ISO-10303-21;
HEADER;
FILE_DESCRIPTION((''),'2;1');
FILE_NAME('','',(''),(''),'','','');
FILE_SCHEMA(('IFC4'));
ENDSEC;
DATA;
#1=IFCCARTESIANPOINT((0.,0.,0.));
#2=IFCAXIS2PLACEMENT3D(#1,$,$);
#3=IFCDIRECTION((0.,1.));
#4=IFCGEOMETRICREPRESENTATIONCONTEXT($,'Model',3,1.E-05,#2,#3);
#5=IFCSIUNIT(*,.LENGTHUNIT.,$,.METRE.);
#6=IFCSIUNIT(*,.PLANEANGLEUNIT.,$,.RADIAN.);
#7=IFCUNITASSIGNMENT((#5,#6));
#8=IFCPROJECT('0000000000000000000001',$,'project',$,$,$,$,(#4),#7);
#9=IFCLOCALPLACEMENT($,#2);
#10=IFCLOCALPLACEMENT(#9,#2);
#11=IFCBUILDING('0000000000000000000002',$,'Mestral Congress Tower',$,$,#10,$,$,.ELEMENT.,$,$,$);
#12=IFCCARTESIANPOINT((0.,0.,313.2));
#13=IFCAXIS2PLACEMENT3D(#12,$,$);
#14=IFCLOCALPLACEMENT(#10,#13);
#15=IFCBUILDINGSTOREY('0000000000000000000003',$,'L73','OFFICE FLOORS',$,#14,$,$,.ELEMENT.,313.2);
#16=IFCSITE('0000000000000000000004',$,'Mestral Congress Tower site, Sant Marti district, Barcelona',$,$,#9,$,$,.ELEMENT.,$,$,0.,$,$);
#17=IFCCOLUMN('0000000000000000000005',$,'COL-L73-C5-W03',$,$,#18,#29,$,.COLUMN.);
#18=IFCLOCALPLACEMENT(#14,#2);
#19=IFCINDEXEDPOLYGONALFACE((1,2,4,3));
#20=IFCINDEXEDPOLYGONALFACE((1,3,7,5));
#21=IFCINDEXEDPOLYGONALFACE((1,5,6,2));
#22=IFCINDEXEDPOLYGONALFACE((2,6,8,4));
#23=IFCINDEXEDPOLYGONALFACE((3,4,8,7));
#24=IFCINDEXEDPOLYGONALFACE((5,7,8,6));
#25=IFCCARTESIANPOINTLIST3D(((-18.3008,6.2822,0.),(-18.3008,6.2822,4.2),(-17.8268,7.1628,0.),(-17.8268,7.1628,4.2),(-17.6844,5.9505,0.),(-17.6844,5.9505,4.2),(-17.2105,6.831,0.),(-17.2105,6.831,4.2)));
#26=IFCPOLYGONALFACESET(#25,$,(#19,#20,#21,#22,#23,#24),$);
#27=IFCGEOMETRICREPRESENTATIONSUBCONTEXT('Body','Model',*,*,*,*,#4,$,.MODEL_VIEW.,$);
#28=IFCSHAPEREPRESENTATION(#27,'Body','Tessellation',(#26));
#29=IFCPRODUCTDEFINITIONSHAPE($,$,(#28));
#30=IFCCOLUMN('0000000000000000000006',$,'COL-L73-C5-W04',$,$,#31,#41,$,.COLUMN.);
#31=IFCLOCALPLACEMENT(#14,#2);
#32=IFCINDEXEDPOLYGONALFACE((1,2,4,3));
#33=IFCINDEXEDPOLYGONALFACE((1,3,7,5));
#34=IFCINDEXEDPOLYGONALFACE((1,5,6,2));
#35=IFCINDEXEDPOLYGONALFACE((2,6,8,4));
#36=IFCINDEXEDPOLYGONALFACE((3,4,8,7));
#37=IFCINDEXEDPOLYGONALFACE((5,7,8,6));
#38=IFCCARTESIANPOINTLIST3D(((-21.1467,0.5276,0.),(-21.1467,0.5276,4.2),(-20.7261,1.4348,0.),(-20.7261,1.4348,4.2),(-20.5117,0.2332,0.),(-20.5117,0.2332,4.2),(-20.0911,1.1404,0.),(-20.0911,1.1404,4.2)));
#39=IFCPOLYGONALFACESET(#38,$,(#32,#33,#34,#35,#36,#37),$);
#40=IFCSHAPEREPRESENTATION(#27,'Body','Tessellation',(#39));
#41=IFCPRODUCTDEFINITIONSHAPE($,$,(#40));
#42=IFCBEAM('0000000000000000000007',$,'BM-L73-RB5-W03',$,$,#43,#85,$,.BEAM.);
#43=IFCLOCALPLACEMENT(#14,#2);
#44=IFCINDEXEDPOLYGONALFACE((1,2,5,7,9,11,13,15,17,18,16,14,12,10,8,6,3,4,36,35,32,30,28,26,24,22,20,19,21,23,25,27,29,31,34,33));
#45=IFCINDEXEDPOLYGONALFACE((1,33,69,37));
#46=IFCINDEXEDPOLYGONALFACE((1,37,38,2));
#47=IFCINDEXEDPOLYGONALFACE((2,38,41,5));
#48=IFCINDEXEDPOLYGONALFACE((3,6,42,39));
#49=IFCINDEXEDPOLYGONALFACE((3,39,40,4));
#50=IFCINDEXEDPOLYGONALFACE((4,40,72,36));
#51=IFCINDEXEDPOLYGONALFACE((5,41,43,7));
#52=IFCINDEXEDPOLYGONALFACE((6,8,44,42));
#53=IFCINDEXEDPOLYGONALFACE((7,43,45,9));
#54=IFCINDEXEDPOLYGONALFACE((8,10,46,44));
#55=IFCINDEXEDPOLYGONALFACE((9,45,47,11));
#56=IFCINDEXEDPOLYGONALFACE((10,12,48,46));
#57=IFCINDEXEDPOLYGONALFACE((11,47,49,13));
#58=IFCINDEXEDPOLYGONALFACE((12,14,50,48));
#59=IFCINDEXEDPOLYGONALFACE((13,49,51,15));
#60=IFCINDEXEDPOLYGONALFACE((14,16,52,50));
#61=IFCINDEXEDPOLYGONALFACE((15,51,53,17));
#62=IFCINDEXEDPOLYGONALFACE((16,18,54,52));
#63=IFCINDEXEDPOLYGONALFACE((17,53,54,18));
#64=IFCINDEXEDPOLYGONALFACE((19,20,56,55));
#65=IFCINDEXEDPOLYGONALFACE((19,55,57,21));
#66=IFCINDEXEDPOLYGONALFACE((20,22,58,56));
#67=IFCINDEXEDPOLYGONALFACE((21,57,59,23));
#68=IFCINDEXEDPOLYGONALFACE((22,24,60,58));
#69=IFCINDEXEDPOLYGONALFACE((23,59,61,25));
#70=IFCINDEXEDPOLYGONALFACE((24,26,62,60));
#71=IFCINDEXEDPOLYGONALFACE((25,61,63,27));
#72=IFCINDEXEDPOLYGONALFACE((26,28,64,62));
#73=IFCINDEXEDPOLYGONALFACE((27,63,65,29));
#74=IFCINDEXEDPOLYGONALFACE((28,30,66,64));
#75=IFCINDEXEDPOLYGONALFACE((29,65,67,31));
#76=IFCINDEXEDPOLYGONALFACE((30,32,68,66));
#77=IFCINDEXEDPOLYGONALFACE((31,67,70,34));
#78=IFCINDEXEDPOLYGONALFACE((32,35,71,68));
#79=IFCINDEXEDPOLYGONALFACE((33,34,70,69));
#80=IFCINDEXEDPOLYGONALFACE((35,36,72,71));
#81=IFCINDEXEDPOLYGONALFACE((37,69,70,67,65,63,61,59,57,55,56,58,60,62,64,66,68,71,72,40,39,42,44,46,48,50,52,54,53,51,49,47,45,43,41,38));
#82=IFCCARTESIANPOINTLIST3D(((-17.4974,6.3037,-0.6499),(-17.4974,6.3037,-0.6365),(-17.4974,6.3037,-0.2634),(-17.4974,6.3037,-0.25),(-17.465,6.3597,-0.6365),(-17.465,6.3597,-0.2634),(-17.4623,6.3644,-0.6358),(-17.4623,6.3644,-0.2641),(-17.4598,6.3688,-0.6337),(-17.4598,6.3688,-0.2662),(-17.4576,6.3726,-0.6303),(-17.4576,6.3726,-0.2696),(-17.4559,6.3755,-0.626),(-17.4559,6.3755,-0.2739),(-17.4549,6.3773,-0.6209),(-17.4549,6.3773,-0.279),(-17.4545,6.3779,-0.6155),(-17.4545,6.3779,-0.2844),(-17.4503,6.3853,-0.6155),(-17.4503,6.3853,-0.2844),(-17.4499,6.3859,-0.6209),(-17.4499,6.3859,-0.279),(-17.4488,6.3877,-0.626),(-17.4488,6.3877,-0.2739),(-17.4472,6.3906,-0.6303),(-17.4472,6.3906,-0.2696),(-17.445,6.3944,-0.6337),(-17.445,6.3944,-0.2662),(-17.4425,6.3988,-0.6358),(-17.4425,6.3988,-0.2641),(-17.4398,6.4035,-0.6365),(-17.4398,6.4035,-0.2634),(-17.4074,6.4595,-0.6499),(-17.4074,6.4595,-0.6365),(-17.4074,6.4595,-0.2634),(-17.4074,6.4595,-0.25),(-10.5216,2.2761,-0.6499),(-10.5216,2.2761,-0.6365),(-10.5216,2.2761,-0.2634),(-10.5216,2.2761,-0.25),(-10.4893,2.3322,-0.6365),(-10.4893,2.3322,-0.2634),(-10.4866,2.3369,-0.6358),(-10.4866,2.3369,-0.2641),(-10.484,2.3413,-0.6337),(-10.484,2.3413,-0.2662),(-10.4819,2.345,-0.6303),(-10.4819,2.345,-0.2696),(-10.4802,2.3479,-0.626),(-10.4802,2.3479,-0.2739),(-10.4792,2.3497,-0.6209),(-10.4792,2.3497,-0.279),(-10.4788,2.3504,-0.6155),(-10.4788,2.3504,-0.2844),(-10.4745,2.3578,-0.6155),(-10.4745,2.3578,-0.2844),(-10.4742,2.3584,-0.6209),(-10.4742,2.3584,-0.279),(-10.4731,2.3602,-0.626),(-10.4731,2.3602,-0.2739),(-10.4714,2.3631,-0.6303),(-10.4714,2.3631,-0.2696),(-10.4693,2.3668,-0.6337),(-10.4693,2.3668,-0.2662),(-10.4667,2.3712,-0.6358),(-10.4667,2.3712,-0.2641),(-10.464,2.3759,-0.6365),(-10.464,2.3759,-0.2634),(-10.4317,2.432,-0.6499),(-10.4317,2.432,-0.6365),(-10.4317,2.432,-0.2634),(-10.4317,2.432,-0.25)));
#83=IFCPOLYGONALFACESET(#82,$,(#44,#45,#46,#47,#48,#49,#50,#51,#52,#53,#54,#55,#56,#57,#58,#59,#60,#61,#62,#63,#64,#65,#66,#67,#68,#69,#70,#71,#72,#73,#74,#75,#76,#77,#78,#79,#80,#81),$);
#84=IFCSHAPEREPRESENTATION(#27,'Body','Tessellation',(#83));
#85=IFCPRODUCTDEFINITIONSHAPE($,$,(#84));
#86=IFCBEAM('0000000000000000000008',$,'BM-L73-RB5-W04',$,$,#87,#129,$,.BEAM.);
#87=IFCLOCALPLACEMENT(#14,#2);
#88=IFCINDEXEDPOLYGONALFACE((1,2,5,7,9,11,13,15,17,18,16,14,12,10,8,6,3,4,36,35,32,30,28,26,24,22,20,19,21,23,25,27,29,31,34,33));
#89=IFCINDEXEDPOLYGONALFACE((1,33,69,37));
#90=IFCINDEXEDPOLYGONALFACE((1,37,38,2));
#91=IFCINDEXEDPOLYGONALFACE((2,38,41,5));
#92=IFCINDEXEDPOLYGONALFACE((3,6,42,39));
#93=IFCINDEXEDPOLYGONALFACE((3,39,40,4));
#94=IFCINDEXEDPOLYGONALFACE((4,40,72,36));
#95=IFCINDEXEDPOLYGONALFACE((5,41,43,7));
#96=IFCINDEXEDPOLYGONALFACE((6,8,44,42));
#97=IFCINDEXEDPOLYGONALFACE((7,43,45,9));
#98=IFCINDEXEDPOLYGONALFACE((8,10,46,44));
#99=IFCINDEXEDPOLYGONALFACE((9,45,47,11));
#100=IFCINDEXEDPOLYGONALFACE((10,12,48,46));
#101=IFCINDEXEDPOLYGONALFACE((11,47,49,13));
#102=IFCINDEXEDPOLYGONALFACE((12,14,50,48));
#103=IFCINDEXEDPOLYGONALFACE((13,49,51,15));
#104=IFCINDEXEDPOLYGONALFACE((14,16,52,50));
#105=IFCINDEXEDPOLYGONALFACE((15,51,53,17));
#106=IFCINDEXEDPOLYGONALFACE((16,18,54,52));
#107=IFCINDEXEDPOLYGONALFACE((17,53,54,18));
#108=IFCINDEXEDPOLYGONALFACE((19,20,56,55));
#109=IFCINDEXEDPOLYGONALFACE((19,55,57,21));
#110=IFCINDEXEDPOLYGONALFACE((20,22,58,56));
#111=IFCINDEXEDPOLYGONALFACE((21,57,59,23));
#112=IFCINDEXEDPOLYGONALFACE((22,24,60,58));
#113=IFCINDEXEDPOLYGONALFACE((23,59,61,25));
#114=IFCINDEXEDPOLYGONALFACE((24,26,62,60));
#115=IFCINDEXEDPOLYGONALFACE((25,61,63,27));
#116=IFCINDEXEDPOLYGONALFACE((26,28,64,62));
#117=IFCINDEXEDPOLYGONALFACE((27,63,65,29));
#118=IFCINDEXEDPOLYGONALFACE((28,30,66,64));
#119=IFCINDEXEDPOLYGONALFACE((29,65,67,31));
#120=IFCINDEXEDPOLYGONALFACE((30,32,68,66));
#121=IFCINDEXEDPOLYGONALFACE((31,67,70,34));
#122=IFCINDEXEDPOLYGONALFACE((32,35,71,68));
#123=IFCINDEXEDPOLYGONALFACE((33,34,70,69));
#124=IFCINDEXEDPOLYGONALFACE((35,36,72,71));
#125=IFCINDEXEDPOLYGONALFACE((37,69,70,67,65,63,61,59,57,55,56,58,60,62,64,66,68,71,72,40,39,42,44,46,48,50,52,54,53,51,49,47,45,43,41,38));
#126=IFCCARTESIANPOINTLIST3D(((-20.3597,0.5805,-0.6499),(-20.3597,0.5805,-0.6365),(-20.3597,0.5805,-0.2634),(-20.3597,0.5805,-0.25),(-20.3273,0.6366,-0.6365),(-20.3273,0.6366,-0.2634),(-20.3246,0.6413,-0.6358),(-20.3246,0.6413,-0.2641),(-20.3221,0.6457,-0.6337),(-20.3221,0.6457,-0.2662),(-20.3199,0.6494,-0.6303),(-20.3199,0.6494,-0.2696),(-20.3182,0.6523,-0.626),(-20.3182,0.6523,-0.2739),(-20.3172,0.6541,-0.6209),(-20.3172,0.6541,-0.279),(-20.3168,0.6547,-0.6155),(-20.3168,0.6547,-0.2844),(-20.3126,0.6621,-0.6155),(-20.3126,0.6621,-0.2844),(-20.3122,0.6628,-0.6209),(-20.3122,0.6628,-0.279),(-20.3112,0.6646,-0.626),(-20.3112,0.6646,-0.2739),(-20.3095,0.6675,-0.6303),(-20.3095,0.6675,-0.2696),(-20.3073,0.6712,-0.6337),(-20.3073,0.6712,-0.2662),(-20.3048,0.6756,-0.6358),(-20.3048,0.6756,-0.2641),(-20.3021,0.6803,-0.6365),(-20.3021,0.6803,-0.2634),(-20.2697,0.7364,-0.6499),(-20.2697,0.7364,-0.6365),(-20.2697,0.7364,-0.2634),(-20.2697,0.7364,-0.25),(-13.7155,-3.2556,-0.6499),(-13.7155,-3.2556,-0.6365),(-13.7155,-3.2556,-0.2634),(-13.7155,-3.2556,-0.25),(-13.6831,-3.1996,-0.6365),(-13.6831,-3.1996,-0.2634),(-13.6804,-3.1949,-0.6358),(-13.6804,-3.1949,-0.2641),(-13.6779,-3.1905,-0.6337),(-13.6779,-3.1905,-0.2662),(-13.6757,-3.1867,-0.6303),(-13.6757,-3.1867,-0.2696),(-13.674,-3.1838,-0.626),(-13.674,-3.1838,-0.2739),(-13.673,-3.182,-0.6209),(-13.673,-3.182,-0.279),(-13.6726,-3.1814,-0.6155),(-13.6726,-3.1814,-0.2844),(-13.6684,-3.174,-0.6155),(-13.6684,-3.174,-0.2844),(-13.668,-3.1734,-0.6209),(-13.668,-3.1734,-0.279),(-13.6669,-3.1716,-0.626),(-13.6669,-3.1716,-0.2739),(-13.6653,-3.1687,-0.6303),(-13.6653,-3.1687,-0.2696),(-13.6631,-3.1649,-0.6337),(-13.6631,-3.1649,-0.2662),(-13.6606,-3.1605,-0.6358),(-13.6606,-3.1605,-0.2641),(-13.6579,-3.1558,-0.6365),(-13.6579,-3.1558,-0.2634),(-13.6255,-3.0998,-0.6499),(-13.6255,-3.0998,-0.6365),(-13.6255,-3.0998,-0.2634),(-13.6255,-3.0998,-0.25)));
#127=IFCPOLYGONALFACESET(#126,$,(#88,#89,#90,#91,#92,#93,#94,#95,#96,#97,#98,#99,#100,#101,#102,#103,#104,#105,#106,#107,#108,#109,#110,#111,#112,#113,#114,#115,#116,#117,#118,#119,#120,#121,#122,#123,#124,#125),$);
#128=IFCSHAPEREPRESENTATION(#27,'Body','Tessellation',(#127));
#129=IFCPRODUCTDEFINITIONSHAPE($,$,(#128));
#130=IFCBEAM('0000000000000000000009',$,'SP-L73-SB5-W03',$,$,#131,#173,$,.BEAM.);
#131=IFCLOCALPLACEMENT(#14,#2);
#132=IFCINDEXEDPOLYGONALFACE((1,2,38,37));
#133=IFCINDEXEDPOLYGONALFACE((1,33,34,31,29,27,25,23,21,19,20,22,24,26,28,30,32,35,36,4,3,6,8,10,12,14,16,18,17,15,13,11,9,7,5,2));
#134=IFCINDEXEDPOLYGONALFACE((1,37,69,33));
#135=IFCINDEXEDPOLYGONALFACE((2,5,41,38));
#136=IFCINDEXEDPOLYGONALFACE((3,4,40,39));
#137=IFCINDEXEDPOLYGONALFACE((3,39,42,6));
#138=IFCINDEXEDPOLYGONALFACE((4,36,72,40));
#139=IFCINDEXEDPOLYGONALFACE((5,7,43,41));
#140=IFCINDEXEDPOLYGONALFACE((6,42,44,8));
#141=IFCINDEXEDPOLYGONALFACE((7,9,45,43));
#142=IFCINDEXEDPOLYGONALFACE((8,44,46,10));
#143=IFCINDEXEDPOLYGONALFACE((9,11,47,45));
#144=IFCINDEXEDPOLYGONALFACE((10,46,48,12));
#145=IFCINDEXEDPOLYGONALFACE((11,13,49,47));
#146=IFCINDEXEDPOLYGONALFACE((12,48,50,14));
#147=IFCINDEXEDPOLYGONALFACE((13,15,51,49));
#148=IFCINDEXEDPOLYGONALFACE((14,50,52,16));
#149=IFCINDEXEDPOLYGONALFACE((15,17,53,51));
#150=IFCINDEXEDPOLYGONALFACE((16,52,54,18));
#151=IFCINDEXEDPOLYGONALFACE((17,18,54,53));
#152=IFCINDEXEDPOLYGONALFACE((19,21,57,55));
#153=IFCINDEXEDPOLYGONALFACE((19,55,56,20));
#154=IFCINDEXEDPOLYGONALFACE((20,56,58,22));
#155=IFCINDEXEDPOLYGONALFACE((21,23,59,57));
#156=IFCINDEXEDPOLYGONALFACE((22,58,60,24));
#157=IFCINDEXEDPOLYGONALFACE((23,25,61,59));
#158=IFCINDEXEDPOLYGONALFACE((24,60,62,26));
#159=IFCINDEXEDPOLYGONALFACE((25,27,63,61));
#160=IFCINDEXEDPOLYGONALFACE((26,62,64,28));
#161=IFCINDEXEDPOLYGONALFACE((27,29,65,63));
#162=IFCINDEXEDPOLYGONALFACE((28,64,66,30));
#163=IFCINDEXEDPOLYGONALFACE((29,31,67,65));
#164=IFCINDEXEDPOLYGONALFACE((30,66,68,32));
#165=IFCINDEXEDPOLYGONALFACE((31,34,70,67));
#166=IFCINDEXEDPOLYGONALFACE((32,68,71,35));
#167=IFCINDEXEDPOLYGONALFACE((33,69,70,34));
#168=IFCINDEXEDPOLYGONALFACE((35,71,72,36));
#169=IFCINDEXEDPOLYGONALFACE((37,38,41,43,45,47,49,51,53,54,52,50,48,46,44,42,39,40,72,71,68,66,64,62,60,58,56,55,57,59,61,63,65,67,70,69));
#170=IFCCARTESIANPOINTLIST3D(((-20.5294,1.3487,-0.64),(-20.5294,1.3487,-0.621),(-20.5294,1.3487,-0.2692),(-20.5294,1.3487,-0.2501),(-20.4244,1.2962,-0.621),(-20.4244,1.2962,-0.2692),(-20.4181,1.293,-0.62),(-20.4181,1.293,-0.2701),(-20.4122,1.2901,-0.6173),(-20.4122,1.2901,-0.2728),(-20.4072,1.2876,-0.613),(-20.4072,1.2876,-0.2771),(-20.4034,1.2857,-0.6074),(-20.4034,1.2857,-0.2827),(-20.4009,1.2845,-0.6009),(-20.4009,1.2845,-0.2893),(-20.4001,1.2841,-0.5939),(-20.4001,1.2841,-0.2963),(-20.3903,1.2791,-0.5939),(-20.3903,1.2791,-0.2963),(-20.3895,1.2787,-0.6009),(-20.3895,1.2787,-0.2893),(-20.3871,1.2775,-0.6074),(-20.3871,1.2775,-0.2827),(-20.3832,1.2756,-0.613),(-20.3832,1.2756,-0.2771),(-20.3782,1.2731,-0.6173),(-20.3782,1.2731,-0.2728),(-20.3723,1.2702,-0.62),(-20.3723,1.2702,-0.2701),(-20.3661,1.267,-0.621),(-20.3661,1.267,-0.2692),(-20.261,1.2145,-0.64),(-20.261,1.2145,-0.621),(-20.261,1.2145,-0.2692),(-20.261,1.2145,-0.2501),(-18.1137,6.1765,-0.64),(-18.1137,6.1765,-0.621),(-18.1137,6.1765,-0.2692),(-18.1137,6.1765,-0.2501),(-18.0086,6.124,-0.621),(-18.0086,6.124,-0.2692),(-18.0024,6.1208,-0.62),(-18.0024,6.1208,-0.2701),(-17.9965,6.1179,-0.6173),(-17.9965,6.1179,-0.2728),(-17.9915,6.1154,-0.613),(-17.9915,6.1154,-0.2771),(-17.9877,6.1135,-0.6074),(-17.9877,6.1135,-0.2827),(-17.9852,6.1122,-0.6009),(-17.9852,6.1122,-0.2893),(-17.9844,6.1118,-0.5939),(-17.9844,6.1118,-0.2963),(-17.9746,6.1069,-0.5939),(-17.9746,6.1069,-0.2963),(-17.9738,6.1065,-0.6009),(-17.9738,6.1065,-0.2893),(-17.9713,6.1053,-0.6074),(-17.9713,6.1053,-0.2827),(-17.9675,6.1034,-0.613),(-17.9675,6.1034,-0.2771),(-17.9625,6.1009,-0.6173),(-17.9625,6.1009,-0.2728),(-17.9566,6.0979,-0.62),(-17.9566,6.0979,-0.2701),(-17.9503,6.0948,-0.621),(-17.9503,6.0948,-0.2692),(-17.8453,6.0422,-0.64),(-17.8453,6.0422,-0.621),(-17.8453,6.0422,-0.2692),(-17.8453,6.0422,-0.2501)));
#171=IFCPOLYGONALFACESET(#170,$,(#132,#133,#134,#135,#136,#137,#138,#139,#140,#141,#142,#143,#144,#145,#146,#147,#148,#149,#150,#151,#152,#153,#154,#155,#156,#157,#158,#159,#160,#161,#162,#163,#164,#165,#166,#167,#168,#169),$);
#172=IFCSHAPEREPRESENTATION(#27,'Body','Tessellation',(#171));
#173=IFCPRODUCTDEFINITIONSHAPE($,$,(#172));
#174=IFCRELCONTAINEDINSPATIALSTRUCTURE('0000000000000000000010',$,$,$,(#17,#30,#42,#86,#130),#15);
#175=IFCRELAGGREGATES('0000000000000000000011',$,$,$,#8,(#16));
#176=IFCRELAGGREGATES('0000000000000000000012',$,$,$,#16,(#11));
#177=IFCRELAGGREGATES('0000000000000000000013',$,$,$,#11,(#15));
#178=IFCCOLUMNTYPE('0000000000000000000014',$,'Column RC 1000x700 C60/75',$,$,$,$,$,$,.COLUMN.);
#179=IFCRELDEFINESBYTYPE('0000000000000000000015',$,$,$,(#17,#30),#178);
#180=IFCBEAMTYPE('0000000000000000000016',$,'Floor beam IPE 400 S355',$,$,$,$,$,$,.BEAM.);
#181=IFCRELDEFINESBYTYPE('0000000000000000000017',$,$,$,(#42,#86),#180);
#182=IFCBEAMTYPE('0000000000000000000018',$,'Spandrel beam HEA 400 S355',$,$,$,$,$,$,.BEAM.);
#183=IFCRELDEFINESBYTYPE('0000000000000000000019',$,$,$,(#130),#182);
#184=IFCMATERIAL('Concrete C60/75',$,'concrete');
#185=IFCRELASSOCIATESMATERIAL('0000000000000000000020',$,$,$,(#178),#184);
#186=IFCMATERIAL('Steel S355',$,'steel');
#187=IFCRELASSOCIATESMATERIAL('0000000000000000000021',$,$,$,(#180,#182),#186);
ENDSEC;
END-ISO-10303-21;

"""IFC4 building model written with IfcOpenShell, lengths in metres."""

from ifc_helpers import new_model, si_unit, direction, frame, origin, origin_2d, place, context, subcontext, project, spatial, rectangle, i_section, extrude, material, material_profile, profile_set, type_object, element, save


model = new_model("IFC4")

# Units and contexts
model_context = context("Model", 3, precision=1e-05, world=origin(), true_north=direction((0.0, 1.0)))
body_context = subcontext(model_context, "Body", "Model", "MODEL_VIEW")
ifc_project = project(units=[si_unit("LENGTHUNIT", "METRE"), si_unit("PLANEANGLEUNIT", "RADIAN")], contexts=[model_context])

# Site, building, storey
site_placement = place(None, origin())
site = spatial("IfcSite", under=ifc_project, at=site_placement, Name="Mestral Congress Tower site, Sant Marti district, Barcelona", CompositionType="ELEMENT", RefElevation=0.0)
building_placement = place(site_placement, origin())
building = spatial("IfcBuilding", under=site, at=building_placement, Name="Mestral Congress Tower", CompositionType="ELEMENT")
storey_placement = place(building_placement, frame((0.0, 0.0, 313.2)))
storey = spatial("IfcBuildingStorey", under=building, at=storey_placement, Name="L73", Description="OFFICE FLOORS", CompositionType="ELEMENT", Elevation=313.2)

# Columns
ifc_material_1 = material(Name="Concrete C60/75", Category="concrete")
ifc_material_profile_1 = material_profile(ifc_material_1, rectangle(XDim=1.0, YDim=0.7, at=origin_2d()), Name="RC 1000x700")
ifc_profile_set_1 = profile_set([ifc_material_profile_1], Name="Concrete C60/75")
column_type = type_object("IfcColumnType", Name="Column RC 1000x700 C60/75", PredefinedType="COLUMN", material=ifc_profile_set_1)
for number, where, z_axis, x_axis, name in (
    (1, (-17.7556, 6.5566, 0.0), (0.0, 0.0, 1.0), (-0.473945, -0.880554, 0.0), "COL-L73-C5-W03"),
    (2, (-20.6189, 0.834, 0.0), (0.0, 0.0, 1.0), (-0.420596, -0.907248, 0.0), "COL-L73-C5-W04"),
):
    element("IfcColumn", number, at=place(storey_placement, frame(where, z_axis=z_axis, x_axis=x_axis)), inside=storey, type_object=column_type, Name=name, PredefinedType="COLUMN", context=body_context, shape_type="SweptSolid", body=[
        extrude(rectangle(XDim=1.0, YDim=0.7, at=origin_2d()), origin(), (0.0, 0.0, 1.0), 4.2),
    ])

# Beams
ifc_material_2 = material(Name="Steel S355", Category="steel")
ifc_material_profile_2 = material_profile(ifc_material_2, i_section(OverallWidth=0.1799, OverallDepth=0.3999, WebThickness=0.0085, FlangeThickness=0.0134, FilletRadius=0.021, at=origin_2d()), Name="IPE 400")
ifc_profile_set_2 = profile_set([ifc_material_profile_2], Name="Steel S355")
beam_type_1 = type_object("IfcBeamType", Name="Floor beam IPE 400 S355", PredefinedType="BEAM", material=ifc_profile_set_2)
beam_1_placement = place(storey_placement, frame((-17.4524, 6.3816, -0.45), z_axis=(0.866021, -0.500008, 0.0), x_axis=(0.500008, 0.866021, 0.0)))
element("IfcBeam", 3, at=beam_1_placement, inside=storey, type_object=beam_type_1, Name="BM-L73-RB5-W03", PredefinedType="BEAM", context=body_context, shape_type="SweptSolid", body=[
    extrude(i_section(OverallWidth=0.1799, OverallDepth=0.3999, WebThickness=0.0085, FlangeThickness=0.0134, FilletRadius=0.021, at=origin_2d()), origin(), (0.0, 0.0, 1.0), 8.0549),
])
beam_2_placement = place(storey_placement, frame((-20.3147, 0.6584, -0.45), z_axis=(0.86602, -0.50001, 0.0), x_axis=(0.50001, 0.86602, 0.0)))
element("IfcBeam", 4, at=beam_2_placement, inside=storey, type_object=beam_type_1, Name="BM-L73-RB5-W04", PredefinedType="BEAM", context=body_context, shape_type="SweptSolid", body=[
    extrude(i_section(OverallWidth=0.1799, OverallDepth=0.3999, WebThickness=0.0085, FlangeThickness=0.0134, FilletRadius=0.021, at=origin_2d()), origin(), (0.0, 0.0, 1.0), 7.6721),
])
ifc_material_profile_3 = material_profile(ifc_material_2, i_section(OverallWidth=0.3, OverallDepth=0.3899, WebThickness=0.011, FlangeThickness=0.019, FilletRadius=0.0271, at=origin_2d()), Name="HEA 400")
ifc_profile_set_3 = profile_set([ifc_material_profile_3], Name="Steel S355")
beam_type_2 = type_object("IfcBeamType", Name="Spandrel beam HEA 400 S355", PredefinedType="BEAM", material=ifc_profile_set_3)
beam_3_placement = place(storey_placement, frame((-17.9795, 6.1094, -0.4451), z_axis=(-0.447485, -0.894291, 0.0), x_axis=(0.894291, -0.447485, 0.0)))
element("IfcBeam", 5, at=beam_3_placement, inside=storey, type_object=beam_type_2, Name="SP-L73-SB5-W03", PredefinedType="BEAM", context=body_context, shape_type="SweptSolid", body=[
    extrude(i_section(OverallWidth=0.3, OverallDepth=0.3899, WebThickness=0.011, FlangeThickness=0.019, FilletRadius=0.0271, at=origin_2d()), origin(), (0.0, 0.0, 1.0), 5.3984),
])

save(model, "model.ifc")
